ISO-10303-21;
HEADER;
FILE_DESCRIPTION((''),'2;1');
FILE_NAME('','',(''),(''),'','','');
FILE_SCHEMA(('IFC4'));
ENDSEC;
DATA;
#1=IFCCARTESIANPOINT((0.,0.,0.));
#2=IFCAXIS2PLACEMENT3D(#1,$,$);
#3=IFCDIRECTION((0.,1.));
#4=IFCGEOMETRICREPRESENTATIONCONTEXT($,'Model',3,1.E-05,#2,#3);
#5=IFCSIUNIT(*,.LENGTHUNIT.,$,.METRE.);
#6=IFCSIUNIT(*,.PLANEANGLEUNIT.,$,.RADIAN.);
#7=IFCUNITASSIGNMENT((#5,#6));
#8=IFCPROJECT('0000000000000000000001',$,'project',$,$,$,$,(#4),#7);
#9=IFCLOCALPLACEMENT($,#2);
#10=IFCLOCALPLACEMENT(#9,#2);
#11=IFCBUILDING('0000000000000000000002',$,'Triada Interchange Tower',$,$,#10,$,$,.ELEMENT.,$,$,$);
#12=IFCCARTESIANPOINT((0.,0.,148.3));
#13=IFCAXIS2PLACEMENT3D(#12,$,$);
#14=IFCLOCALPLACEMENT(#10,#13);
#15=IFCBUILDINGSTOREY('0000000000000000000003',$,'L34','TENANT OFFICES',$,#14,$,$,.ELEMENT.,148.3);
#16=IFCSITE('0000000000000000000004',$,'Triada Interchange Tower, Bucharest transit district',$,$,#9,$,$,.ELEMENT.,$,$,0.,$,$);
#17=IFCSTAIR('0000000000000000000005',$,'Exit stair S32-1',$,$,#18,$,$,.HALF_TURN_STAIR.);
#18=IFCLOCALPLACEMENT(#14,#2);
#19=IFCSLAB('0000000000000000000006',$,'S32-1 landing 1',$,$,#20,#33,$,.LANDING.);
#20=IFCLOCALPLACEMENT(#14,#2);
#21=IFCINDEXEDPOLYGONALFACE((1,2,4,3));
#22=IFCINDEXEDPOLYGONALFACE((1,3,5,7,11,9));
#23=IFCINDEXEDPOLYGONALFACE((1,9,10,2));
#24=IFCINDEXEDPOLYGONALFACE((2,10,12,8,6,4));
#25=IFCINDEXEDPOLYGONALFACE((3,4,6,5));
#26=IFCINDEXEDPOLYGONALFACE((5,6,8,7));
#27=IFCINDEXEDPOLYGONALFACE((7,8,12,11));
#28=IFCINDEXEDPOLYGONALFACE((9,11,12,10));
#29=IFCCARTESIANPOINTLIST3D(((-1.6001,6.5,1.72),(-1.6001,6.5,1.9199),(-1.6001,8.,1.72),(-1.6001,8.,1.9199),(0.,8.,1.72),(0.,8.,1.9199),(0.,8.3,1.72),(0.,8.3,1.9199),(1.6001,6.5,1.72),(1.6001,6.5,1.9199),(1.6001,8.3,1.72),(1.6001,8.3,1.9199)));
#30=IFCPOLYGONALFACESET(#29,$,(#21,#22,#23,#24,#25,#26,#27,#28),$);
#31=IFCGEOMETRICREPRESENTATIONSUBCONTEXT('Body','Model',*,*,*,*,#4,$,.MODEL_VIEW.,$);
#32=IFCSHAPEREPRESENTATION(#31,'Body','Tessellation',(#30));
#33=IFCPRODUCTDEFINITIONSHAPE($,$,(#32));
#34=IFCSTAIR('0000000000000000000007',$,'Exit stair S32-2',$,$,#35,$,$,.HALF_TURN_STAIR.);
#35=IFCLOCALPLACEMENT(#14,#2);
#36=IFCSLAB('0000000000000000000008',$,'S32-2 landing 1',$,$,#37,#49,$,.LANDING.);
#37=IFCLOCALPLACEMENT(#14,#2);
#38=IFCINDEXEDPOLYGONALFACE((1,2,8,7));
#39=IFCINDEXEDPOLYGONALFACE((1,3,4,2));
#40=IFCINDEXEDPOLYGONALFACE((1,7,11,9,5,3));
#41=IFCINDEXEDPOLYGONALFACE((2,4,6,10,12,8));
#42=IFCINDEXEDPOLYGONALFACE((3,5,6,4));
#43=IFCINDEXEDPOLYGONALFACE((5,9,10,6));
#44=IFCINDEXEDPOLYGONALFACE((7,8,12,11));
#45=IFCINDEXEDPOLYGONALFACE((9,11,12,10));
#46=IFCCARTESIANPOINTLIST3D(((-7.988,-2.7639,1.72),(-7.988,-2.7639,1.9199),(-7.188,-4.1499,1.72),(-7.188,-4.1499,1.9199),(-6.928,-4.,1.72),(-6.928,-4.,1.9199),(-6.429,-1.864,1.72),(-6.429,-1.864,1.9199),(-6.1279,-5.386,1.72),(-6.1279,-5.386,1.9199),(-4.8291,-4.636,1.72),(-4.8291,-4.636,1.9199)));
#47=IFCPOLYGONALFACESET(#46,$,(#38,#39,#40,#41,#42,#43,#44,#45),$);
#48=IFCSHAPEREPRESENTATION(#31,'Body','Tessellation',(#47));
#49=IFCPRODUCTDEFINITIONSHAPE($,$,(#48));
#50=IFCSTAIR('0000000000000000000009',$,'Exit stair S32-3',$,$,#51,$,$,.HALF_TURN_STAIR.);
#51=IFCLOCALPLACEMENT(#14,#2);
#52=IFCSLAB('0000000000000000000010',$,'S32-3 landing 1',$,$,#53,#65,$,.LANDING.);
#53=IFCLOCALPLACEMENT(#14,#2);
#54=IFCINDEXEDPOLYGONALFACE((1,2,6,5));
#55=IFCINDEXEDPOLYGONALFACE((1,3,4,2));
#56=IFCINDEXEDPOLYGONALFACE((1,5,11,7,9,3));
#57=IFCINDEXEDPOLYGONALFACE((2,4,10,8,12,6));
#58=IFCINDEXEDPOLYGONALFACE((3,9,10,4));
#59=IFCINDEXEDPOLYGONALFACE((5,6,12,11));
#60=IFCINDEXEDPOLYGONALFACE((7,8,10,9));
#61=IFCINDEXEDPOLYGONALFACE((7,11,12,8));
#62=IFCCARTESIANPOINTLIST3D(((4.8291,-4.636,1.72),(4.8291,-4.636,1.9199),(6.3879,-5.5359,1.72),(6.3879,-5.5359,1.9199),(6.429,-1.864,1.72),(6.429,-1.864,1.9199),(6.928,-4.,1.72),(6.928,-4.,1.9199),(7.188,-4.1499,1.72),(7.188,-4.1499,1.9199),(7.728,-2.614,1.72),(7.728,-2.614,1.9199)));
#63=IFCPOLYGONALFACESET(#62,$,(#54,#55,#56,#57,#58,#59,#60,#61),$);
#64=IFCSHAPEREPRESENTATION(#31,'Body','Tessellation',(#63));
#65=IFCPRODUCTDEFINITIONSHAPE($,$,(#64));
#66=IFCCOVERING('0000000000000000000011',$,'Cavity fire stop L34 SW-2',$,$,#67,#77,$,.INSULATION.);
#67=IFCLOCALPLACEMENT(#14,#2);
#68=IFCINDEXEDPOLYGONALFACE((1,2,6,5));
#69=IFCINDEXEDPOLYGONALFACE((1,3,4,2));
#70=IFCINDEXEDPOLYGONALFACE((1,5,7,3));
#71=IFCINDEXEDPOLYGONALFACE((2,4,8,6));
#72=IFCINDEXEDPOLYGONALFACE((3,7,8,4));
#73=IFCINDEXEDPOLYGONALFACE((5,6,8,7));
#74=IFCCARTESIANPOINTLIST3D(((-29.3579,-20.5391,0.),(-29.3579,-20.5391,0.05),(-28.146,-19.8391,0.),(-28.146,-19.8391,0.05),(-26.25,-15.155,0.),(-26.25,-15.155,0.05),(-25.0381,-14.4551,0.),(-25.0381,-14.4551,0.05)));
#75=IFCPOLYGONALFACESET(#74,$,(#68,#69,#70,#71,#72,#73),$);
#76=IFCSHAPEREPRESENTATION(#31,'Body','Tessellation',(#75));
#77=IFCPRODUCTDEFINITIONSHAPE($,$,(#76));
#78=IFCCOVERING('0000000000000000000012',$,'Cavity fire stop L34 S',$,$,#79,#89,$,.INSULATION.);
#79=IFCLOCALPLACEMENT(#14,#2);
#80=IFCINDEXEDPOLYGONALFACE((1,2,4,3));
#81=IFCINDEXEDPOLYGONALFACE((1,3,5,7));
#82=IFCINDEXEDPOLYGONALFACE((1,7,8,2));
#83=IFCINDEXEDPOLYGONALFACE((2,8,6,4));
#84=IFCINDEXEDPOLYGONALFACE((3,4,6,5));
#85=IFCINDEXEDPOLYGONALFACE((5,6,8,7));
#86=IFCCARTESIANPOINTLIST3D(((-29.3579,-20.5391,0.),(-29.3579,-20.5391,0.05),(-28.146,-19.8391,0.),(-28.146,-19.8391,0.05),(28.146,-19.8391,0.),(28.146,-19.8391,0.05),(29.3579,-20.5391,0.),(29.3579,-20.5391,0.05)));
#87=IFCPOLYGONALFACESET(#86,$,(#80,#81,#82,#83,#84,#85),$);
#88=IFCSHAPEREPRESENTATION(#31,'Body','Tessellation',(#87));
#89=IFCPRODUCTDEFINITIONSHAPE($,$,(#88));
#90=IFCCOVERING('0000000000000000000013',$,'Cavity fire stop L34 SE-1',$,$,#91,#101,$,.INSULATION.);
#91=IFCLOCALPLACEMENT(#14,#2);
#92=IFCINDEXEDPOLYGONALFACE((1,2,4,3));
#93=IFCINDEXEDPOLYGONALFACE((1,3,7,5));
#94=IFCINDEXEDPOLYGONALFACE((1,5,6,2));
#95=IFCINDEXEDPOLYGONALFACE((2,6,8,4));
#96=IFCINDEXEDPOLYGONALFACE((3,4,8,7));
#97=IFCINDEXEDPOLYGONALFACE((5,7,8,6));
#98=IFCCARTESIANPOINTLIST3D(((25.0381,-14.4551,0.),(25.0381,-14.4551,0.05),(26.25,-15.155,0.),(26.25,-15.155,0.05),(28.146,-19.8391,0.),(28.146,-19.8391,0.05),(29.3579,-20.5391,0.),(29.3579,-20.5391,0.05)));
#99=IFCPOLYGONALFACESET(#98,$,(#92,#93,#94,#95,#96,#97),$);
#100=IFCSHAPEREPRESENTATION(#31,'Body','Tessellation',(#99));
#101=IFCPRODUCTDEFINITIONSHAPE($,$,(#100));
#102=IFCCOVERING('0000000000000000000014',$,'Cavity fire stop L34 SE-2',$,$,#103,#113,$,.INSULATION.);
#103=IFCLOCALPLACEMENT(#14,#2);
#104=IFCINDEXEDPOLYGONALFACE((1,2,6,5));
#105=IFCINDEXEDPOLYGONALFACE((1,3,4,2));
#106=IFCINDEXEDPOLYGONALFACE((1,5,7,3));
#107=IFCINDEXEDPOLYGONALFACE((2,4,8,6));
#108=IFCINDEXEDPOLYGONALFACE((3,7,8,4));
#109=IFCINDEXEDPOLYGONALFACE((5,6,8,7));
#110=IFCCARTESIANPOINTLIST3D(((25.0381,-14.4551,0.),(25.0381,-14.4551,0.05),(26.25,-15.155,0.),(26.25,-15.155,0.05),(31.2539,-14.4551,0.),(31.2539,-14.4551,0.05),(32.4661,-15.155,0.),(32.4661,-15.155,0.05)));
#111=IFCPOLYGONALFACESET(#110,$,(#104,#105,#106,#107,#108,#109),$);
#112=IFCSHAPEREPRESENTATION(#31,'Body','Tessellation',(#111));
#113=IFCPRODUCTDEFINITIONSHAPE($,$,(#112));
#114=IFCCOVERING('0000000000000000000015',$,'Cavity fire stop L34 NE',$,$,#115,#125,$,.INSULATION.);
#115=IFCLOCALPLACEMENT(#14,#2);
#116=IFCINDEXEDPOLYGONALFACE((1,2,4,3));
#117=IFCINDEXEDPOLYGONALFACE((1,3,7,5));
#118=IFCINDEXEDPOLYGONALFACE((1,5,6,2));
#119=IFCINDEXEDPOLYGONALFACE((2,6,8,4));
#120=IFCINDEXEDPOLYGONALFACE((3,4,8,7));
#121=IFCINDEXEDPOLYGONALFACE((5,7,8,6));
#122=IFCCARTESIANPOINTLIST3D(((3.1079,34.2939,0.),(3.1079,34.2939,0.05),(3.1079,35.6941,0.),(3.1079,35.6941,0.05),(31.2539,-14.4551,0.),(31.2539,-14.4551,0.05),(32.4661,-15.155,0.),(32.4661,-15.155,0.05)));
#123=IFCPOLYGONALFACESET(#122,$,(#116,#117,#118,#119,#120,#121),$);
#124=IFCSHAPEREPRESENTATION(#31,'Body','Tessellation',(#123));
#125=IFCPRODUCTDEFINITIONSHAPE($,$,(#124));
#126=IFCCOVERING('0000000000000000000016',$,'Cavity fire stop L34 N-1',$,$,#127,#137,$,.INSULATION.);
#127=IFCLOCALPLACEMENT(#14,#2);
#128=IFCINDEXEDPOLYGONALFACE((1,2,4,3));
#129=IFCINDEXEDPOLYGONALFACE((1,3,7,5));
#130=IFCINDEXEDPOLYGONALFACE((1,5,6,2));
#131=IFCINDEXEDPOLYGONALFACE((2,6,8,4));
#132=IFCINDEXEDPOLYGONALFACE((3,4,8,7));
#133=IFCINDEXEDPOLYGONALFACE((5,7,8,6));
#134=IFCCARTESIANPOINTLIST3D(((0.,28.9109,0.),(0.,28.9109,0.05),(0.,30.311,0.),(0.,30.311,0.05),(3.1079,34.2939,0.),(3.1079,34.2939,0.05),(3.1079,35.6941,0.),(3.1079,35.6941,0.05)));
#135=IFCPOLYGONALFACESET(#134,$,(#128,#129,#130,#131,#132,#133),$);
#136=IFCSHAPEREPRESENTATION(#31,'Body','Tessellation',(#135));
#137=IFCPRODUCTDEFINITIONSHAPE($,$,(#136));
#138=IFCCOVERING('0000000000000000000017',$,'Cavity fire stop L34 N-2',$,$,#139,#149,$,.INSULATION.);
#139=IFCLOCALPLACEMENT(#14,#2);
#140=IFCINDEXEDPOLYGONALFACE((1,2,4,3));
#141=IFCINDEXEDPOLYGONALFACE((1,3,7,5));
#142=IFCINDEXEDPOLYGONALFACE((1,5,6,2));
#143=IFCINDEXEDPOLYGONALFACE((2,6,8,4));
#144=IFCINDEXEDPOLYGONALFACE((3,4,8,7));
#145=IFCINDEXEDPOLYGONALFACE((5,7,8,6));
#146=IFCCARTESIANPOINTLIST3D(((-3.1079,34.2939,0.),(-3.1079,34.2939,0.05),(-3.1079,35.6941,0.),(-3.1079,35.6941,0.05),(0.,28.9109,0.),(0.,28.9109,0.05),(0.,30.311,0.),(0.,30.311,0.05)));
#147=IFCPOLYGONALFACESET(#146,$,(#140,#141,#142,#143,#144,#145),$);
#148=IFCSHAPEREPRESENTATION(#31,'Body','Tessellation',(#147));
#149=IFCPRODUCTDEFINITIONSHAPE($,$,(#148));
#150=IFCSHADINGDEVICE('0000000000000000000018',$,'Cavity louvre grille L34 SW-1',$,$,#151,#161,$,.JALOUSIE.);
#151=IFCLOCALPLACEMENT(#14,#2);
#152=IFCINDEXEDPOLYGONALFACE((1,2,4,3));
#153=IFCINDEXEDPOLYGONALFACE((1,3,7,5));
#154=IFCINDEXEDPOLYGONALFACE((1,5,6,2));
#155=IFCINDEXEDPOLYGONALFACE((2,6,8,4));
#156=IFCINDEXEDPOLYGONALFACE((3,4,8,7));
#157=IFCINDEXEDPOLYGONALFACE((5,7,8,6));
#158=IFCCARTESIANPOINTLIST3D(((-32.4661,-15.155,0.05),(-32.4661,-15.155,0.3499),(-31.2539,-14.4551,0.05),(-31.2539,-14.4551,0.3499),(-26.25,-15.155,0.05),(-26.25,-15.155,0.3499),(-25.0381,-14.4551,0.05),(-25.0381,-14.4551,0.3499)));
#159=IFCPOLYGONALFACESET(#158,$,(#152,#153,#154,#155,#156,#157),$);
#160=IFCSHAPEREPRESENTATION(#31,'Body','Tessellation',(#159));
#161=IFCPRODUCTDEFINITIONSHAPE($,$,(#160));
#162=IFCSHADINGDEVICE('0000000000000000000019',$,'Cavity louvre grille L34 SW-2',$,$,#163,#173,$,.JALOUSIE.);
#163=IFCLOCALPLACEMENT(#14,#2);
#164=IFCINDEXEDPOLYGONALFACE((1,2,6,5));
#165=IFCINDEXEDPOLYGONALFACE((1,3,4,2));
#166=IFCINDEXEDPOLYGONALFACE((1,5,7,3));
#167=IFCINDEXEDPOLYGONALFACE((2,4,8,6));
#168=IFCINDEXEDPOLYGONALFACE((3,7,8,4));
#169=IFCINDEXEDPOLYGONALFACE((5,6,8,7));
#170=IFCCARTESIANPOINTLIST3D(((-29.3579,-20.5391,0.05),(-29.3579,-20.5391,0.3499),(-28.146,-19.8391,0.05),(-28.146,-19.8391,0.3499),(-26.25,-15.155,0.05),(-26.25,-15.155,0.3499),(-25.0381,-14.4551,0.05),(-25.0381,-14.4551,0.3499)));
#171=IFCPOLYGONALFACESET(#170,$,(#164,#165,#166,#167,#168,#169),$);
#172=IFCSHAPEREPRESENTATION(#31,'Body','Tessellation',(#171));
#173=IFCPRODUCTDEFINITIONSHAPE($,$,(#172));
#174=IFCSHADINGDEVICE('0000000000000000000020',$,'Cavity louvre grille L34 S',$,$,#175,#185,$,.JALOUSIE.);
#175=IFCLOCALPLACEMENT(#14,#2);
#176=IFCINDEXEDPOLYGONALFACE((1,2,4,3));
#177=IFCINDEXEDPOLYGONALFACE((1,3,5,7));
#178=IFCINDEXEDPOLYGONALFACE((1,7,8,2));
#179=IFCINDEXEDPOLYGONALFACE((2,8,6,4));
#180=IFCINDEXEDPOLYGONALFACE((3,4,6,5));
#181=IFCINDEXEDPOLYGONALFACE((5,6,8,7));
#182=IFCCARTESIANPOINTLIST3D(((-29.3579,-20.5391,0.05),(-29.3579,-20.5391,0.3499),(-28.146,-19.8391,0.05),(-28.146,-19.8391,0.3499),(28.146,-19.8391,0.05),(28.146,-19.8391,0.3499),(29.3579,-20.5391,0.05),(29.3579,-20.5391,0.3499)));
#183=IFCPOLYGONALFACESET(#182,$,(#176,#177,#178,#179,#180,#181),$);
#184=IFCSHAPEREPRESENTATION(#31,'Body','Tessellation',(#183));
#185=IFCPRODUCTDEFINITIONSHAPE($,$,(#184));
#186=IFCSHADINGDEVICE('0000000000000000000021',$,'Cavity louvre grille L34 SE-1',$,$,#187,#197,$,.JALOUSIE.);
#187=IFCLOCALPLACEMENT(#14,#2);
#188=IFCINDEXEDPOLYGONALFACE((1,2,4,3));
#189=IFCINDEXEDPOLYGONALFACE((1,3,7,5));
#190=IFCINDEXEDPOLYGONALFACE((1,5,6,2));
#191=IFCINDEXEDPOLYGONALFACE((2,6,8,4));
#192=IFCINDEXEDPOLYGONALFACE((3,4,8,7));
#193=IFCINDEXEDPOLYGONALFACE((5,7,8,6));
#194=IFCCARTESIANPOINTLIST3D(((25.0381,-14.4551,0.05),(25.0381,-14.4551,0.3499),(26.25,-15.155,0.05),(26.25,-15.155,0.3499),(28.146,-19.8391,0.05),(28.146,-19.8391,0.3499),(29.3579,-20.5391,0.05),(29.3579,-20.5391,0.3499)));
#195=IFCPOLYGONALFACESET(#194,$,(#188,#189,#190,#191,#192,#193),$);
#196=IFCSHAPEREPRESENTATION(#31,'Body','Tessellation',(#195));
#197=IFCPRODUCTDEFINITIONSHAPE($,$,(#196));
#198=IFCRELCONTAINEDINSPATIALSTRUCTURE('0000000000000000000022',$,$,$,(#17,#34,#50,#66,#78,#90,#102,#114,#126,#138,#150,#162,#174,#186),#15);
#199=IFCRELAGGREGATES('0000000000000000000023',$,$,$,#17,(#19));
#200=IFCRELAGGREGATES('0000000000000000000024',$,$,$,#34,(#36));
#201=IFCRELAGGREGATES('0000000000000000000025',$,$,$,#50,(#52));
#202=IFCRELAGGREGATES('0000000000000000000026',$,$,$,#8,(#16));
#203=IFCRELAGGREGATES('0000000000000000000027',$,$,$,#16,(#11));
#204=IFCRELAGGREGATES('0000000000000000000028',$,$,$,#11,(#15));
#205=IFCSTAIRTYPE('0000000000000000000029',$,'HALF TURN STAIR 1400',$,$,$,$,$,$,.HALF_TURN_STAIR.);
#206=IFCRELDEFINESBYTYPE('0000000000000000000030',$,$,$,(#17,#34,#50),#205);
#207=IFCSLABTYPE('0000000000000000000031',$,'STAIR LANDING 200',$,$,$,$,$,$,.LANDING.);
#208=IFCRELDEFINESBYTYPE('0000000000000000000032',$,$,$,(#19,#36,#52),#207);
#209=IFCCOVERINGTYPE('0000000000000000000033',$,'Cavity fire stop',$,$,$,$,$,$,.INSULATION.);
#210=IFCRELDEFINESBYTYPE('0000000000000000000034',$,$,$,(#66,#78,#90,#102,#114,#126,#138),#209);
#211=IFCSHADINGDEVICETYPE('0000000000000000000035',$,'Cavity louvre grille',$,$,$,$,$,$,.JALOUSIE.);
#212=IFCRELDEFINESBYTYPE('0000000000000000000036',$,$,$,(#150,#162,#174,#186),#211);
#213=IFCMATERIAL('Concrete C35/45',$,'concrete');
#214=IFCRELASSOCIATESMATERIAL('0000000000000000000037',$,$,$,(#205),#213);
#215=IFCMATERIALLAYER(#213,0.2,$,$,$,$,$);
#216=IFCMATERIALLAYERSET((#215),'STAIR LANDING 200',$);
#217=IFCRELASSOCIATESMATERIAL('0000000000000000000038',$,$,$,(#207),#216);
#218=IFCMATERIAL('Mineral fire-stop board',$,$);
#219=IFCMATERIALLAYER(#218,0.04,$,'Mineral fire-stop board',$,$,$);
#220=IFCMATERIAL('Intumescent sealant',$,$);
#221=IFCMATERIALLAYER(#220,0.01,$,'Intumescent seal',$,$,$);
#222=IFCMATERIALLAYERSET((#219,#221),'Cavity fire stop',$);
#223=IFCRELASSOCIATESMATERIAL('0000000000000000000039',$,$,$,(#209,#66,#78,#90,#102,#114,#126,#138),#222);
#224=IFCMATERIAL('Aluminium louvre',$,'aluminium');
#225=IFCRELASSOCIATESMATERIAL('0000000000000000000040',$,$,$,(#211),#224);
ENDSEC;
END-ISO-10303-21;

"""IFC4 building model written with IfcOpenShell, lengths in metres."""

from ifc_helpers import new_model, si_unit, direction, frame, origin, place, context, subcontext, project, spatial, polyline, outline, extrude, material, layer, layer_set, layer_usage, type_object, element, aggregate, save


model = new_model("IFC4")

# Units and contexts
model_context = context("Model", 3, precision=1e-05, world=origin(), true_north=direction((0.0, 1.0)))
body_context = subcontext(model_context, "Body", "Model", "MODEL_VIEW")
ifc_project = project(units=[si_unit("LENGTHUNIT", "METRE"), si_unit("PLANEANGLEUNIT", "RADIAN")], contexts=[model_context])

# Site, building, storey
site_placement = place(None, origin())
site = spatial("IfcSite", under=ifc_project, at=site_placement, Name="Triada Interchange Tower, Bucharest transit district", CompositionType="ELEMENT", RefElevation=0.0)
building_placement = place(site_placement, origin())
building = spatial("IfcBuilding", under=site, at=building_placement, Name="Triada Interchange Tower", CompositionType="ELEMENT")
storey_placement = place(building_placement, frame((0.0, 0.0, 148.3)))
storey = spatial("IfcBuildingStorey", under=building, at=storey_placement, Name="L34", Description="TENANT OFFICES", CompositionType="ELEMENT", Elevation=148.3)

# Stairs, slabs
ifc_material_1 = material(Name="Concrete C35/45", Category="concrete")
stair_type = type_object("IfcStairType", Name="HALF TURN STAIR 1400", PredefinedType="HALF_TURN_STAIR", material=ifc_material_1)
stair_1_placement = place(storey_placement, origin())
stair_1 = element("IfcStair", 1, at=stair_1_placement, inside=storey, type_object=stair_type, Name="Exit stair S32-1", PredefinedType="HALF_TURN_STAIR")
ifc_layer_1 = layer(ifc_material_1, 0.2)
ifc_layer_set_1 = layer_set([ifc_layer_1], Name="STAIR LANDING 200")
slab_type = type_object("IfcSlabType", Name="STAIR LANDING 200", PredefinedType="LANDING", material=ifc_layer_set_1)
slab_1_placement = place(storey_placement, frame((0.0, 0.0, 1.72)))
slab_1 = element("IfcSlab", 2, at=slab_1_placement, type_object=slab_type, Name="S32-1 landing 1", PredefinedType="LANDING", context=body_context, shape_type="SweptSolid", body=[
    extrude(outline(polyline([(1.6001, 6.5), (1.6001, 8.3), (0.0, 8.3), (0.0, 8.0), (-1.6001, 8.0), (-1.6001, 6.5), (1.6001, 6.5)])), origin(), (0.0, 0.0, 1.0), 0.2),
])
aggregate(stair_1, [slab_1])
stair_2_placement = place(storey_placement, origin())
stair_2 = element("IfcStair", 3, at=stair_2_placement, inside=storey, type_object=stair_type, Name="Exit stair S32-2", PredefinedType="HALF_TURN_STAIR")
slab_2_placement = place(storey_placement, frame((0.0, 0.0, 1.72)))
slab_2 = element("IfcSlab", 4, at=slab_2_placement, type_object=slab_type, Name="S32-2 landing 1", PredefinedType="LANDING", context=body_context, shape_type="SweptSolid", body=[
    extrude(outline(polyline([(-6.429, -1.864), (-7.988, -2.7639), (-7.188, -4.1499), (-6.928, -4.0), (-6.1279, -5.386), (-4.8291, -4.636), (-6.429, -1.864)])), origin(), (0.0, 0.0, 1.0), 0.2),
])
aggregate(stair_2, [slab_2])
stair_3_placement = place(storey_placement, origin())
stair_3 = element("IfcStair", 5, at=stair_3_placement, inside=storey, type_object=stair_type, Name="Exit stair S32-3", PredefinedType="HALF_TURN_STAIR")
slab_3_placement = place(storey_placement, frame((0.0, 0.0, 1.72)))
slab_3 = element("IfcSlab", 6, at=slab_3_placement, type_object=slab_type, Name="S32-3 landing 1", PredefinedType="LANDING", context=body_context, shape_type="SweptSolid", body=[
    extrude(outline(polyline([(4.8291, -4.636), (6.3879, -5.5359), (7.188, -4.1499), (6.928, -4.0), (7.728, -2.614), (6.429, -1.864), (4.8291, -4.636)])), origin(), (0.0, 0.0, 1.0), 0.2),
])
aggregate(stair_3, [slab_3])

# Coverings
ifc_material_2 = material(Name="Mineral fire-stop board")
ifc_layer_2 = layer(ifc_material_2, 0.04, Name="Mineral fire-stop board")
ifc_material_3 = material(Name="Intumescent sealant")
ifc_layer_3 = layer(ifc_material_3, 0.01, Name="Intumescent seal")
ifc_layer_set_2 = layer_set([ifc_layer_2, ifc_layer_3], Name="Cavity fire stop")
ifc_layer_usage = layer_usage(ifc_layer_set_2, "AXIS3", "POSITIVE", 0.0)
covering_type = type_object("IfcCoveringType", Name="Cavity fire stop", PredefinedType="INSULATION", material=ifc_layer_set_2)
covering_1_placement = place(storey_placement, origin())
element("IfcCovering", 7, at=covering_1_placement, inside=storey, type_object=covering_type, material=ifc_layer_usage, Name="Cavity fire stop L34 SW-2", PredefinedType="INSULATION", context=body_context, shape_type="SweptSolid", body=[
    extrude(outline(polyline([(-25.0381, -14.4551), (-26.25, -15.155), (-29.3579, -20.5391), (-28.146, -19.8391), (-25.0381, -14.4551)])), origin(), (0.0, 0.0, 1.0), 0.05),
])
covering_2_placement = place(storey_placement, origin())
element("IfcCovering", 8, at=covering_2_placement, inside=storey, type_object=covering_type, material=ifc_layer_usage, Name="Cavity fire stop L34 S", PredefinedType="INSULATION", context=body_context, shape_type="SweptSolid", body=[
    extrude(outline(polyline([(-28.146, -19.8391), (-29.3579, -20.5391), (29.3579, -20.5391), (28.146, -19.8391), (-28.146, -19.8391)])), origin(), (0.0, 0.0, 1.0), 0.05),
])
covering_3_placement = place(storey_placement, origin())
element("IfcCovering", 9, at=covering_3_placement, inside=storey, type_object=covering_type, material=ifc_layer_usage, Name="Cavity fire stop L34 SE-1", PredefinedType="INSULATION", context=body_context, shape_type="SweptSolid", body=[
    extrude(outline(polyline([(28.146, -19.8391), (29.3579, -20.5391), (26.25, -15.155), (25.0381, -14.4551), (28.146, -19.8391)])), origin(), (0.0, 0.0, 1.0), 0.05),
])
covering_4_placement = place(storey_placement, origin())
element("IfcCovering", 10, at=covering_4_placement, inside=storey, type_object=covering_type, material=ifc_layer_usage, Name="Cavity fire stop L34 SE-2", PredefinedType="INSULATION", context=body_context, shape_type="SweptSolid", body=[
    extrude(outline(polyline([(25.0381, -14.4551), (26.25, -15.155), (32.4661, -15.155), (31.2539, -14.4551), (25.0381, -14.4551)])), origin(), (0.0, 0.0, 1.0), 0.05),
])
covering_5_placement = place(storey_placement, origin())
element("IfcCovering", 11, at=covering_5_placement, inside=storey, type_object=covering_type, material=ifc_layer_usage, Name="Cavity fire stop L34 NE", PredefinedType="INSULATION", context=body_context, shape_type="SweptSolid", body=[
    extrude(outline(polyline([(31.2539, -14.4551), (32.4661, -15.155), (3.1079, 35.6941), (3.1079, 34.2939), (31.2539, -14.4551)])), origin(), (0.0, 0.0, 1.0), 0.05),
])
covering_6_placement = place(storey_placement, origin())
element("IfcCovering", 12, at=covering_6_placement, inside=storey, type_object=covering_type, material=ifc_layer_usage, Name="Cavity fire stop L34 N-1", PredefinedType="INSULATION", context=body_context, shape_type="SweptSolid", body=[
    extrude(outline(polyline([(3.1079, 34.2939), (3.1079, 35.6941), (0.0, 30.311), (0.0, 28.9109), (3.1079, 34.2939)])), origin(), (0.0, 0.0, 1.0), 0.05),
])
covering_7_placement = place(storey_placement, origin())
element("IfcCovering", 13, at=covering_7_placement, inside=storey, type_object=covering_type, material=ifc_layer_usage, Name="Cavity fire stop L34 N-2", PredefinedType="INSULATION", context=body_context, shape_type="SweptSolid", body=[
    extrude(outline(polyline([(0.0, 28.9109), (0.0, 30.311), (-3.1079, 35.6941), (-3.1079, 34.2939), (0.0, 28.9109)])), origin(), (0.0, 0.0, 1.0), 0.05),
])

# Shading devices
ifc_material_4 = material(Name="Aluminium louvre", Category="aluminium")
shading_device_type = type_object("IfcShadingDeviceType", Name="Cavity louvre grille", PredefinedType="JALOUSIE", material=ifc_material_4)
shading_device_1_placement = place(storey_placement, frame((0.0, 0.0, 0.05)))
element("IfcShadingDevice", 14, at=shading_device_1_placement, inside=storey, type_object=shading_device_type, Name="Cavity louvre grille L34 SW-1", PredefinedType="JALOUSIE", context=body_context, shape_type="SweptSolid", body=[
    extrude(outline(polyline([(-31.2539, -14.4551), (-32.4661, -15.155), (-26.25, -15.155), (-25.0381, -14.4551), (-31.2539, -14.4551)])), origin(), (0.0, 0.0, 1.0), 0.2998),
])
shading_device_2_placement = place(storey_placement, frame((0.0, 0.0, 0.05)))
element("IfcShadingDevice", 15, at=shading_device_2_placement, inside=storey, type_object=shading_device_type, Name="Cavity louvre grille L34 SW-2", PredefinedType="JALOUSIE", context=body_context, shape_type="SweptSolid", body=[
    extrude(outline(polyline([(-25.0381, -14.4551), (-26.25, -15.155), (-29.3579, -20.5391), (-28.146, -19.8391), (-25.0381, -14.4551)])), origin(), (0.0, 0.0, 1.0), 0.2998),
])
shading_device_3_placement = place(storey_placement, frame((0.0, 0.0, 0.05)))
element("IfcShadingDevice", 16, at=shading_device_3_placement, inside=storey, type_object=shading_device_type, Name="Cavity louvre grille L34 S", PredefinedType="JALOUSIE", context=body_context, shape_type="SweptSolid", body=[
    extrude(outline(polyline([(-28.146, -19.8391), (-29.3579, -20.5391), (29.3579, -20.5391), (28.146, -19.8391), (-28.146, -19.8391)])), origin(), (0.0, 0.0, 1.0), 0.2998),
])
shading_device_4_placement = place(storey_placement, frame((0.0, 0.0, 0.05)))
element("IfcShadingDevice", 17, at=shading_device_4_placement, inside=storey, type_object=shading_device_type, Name="Cavity louvre grille L34 SE-1", PredefinedType="JALOUSIE", context=body_context, shape_type="SweptSolid", body=[
    extrude(outline(polyline([(28.146, -19.8391), (29.3579, -20.5391), (26.25, -15.155), (25.0381, -14.4551), (28.146, -19.8391)])), origin(), (0.0, 0.0, 1.0), 0.2998),
])

save(model, "model.ifc")
